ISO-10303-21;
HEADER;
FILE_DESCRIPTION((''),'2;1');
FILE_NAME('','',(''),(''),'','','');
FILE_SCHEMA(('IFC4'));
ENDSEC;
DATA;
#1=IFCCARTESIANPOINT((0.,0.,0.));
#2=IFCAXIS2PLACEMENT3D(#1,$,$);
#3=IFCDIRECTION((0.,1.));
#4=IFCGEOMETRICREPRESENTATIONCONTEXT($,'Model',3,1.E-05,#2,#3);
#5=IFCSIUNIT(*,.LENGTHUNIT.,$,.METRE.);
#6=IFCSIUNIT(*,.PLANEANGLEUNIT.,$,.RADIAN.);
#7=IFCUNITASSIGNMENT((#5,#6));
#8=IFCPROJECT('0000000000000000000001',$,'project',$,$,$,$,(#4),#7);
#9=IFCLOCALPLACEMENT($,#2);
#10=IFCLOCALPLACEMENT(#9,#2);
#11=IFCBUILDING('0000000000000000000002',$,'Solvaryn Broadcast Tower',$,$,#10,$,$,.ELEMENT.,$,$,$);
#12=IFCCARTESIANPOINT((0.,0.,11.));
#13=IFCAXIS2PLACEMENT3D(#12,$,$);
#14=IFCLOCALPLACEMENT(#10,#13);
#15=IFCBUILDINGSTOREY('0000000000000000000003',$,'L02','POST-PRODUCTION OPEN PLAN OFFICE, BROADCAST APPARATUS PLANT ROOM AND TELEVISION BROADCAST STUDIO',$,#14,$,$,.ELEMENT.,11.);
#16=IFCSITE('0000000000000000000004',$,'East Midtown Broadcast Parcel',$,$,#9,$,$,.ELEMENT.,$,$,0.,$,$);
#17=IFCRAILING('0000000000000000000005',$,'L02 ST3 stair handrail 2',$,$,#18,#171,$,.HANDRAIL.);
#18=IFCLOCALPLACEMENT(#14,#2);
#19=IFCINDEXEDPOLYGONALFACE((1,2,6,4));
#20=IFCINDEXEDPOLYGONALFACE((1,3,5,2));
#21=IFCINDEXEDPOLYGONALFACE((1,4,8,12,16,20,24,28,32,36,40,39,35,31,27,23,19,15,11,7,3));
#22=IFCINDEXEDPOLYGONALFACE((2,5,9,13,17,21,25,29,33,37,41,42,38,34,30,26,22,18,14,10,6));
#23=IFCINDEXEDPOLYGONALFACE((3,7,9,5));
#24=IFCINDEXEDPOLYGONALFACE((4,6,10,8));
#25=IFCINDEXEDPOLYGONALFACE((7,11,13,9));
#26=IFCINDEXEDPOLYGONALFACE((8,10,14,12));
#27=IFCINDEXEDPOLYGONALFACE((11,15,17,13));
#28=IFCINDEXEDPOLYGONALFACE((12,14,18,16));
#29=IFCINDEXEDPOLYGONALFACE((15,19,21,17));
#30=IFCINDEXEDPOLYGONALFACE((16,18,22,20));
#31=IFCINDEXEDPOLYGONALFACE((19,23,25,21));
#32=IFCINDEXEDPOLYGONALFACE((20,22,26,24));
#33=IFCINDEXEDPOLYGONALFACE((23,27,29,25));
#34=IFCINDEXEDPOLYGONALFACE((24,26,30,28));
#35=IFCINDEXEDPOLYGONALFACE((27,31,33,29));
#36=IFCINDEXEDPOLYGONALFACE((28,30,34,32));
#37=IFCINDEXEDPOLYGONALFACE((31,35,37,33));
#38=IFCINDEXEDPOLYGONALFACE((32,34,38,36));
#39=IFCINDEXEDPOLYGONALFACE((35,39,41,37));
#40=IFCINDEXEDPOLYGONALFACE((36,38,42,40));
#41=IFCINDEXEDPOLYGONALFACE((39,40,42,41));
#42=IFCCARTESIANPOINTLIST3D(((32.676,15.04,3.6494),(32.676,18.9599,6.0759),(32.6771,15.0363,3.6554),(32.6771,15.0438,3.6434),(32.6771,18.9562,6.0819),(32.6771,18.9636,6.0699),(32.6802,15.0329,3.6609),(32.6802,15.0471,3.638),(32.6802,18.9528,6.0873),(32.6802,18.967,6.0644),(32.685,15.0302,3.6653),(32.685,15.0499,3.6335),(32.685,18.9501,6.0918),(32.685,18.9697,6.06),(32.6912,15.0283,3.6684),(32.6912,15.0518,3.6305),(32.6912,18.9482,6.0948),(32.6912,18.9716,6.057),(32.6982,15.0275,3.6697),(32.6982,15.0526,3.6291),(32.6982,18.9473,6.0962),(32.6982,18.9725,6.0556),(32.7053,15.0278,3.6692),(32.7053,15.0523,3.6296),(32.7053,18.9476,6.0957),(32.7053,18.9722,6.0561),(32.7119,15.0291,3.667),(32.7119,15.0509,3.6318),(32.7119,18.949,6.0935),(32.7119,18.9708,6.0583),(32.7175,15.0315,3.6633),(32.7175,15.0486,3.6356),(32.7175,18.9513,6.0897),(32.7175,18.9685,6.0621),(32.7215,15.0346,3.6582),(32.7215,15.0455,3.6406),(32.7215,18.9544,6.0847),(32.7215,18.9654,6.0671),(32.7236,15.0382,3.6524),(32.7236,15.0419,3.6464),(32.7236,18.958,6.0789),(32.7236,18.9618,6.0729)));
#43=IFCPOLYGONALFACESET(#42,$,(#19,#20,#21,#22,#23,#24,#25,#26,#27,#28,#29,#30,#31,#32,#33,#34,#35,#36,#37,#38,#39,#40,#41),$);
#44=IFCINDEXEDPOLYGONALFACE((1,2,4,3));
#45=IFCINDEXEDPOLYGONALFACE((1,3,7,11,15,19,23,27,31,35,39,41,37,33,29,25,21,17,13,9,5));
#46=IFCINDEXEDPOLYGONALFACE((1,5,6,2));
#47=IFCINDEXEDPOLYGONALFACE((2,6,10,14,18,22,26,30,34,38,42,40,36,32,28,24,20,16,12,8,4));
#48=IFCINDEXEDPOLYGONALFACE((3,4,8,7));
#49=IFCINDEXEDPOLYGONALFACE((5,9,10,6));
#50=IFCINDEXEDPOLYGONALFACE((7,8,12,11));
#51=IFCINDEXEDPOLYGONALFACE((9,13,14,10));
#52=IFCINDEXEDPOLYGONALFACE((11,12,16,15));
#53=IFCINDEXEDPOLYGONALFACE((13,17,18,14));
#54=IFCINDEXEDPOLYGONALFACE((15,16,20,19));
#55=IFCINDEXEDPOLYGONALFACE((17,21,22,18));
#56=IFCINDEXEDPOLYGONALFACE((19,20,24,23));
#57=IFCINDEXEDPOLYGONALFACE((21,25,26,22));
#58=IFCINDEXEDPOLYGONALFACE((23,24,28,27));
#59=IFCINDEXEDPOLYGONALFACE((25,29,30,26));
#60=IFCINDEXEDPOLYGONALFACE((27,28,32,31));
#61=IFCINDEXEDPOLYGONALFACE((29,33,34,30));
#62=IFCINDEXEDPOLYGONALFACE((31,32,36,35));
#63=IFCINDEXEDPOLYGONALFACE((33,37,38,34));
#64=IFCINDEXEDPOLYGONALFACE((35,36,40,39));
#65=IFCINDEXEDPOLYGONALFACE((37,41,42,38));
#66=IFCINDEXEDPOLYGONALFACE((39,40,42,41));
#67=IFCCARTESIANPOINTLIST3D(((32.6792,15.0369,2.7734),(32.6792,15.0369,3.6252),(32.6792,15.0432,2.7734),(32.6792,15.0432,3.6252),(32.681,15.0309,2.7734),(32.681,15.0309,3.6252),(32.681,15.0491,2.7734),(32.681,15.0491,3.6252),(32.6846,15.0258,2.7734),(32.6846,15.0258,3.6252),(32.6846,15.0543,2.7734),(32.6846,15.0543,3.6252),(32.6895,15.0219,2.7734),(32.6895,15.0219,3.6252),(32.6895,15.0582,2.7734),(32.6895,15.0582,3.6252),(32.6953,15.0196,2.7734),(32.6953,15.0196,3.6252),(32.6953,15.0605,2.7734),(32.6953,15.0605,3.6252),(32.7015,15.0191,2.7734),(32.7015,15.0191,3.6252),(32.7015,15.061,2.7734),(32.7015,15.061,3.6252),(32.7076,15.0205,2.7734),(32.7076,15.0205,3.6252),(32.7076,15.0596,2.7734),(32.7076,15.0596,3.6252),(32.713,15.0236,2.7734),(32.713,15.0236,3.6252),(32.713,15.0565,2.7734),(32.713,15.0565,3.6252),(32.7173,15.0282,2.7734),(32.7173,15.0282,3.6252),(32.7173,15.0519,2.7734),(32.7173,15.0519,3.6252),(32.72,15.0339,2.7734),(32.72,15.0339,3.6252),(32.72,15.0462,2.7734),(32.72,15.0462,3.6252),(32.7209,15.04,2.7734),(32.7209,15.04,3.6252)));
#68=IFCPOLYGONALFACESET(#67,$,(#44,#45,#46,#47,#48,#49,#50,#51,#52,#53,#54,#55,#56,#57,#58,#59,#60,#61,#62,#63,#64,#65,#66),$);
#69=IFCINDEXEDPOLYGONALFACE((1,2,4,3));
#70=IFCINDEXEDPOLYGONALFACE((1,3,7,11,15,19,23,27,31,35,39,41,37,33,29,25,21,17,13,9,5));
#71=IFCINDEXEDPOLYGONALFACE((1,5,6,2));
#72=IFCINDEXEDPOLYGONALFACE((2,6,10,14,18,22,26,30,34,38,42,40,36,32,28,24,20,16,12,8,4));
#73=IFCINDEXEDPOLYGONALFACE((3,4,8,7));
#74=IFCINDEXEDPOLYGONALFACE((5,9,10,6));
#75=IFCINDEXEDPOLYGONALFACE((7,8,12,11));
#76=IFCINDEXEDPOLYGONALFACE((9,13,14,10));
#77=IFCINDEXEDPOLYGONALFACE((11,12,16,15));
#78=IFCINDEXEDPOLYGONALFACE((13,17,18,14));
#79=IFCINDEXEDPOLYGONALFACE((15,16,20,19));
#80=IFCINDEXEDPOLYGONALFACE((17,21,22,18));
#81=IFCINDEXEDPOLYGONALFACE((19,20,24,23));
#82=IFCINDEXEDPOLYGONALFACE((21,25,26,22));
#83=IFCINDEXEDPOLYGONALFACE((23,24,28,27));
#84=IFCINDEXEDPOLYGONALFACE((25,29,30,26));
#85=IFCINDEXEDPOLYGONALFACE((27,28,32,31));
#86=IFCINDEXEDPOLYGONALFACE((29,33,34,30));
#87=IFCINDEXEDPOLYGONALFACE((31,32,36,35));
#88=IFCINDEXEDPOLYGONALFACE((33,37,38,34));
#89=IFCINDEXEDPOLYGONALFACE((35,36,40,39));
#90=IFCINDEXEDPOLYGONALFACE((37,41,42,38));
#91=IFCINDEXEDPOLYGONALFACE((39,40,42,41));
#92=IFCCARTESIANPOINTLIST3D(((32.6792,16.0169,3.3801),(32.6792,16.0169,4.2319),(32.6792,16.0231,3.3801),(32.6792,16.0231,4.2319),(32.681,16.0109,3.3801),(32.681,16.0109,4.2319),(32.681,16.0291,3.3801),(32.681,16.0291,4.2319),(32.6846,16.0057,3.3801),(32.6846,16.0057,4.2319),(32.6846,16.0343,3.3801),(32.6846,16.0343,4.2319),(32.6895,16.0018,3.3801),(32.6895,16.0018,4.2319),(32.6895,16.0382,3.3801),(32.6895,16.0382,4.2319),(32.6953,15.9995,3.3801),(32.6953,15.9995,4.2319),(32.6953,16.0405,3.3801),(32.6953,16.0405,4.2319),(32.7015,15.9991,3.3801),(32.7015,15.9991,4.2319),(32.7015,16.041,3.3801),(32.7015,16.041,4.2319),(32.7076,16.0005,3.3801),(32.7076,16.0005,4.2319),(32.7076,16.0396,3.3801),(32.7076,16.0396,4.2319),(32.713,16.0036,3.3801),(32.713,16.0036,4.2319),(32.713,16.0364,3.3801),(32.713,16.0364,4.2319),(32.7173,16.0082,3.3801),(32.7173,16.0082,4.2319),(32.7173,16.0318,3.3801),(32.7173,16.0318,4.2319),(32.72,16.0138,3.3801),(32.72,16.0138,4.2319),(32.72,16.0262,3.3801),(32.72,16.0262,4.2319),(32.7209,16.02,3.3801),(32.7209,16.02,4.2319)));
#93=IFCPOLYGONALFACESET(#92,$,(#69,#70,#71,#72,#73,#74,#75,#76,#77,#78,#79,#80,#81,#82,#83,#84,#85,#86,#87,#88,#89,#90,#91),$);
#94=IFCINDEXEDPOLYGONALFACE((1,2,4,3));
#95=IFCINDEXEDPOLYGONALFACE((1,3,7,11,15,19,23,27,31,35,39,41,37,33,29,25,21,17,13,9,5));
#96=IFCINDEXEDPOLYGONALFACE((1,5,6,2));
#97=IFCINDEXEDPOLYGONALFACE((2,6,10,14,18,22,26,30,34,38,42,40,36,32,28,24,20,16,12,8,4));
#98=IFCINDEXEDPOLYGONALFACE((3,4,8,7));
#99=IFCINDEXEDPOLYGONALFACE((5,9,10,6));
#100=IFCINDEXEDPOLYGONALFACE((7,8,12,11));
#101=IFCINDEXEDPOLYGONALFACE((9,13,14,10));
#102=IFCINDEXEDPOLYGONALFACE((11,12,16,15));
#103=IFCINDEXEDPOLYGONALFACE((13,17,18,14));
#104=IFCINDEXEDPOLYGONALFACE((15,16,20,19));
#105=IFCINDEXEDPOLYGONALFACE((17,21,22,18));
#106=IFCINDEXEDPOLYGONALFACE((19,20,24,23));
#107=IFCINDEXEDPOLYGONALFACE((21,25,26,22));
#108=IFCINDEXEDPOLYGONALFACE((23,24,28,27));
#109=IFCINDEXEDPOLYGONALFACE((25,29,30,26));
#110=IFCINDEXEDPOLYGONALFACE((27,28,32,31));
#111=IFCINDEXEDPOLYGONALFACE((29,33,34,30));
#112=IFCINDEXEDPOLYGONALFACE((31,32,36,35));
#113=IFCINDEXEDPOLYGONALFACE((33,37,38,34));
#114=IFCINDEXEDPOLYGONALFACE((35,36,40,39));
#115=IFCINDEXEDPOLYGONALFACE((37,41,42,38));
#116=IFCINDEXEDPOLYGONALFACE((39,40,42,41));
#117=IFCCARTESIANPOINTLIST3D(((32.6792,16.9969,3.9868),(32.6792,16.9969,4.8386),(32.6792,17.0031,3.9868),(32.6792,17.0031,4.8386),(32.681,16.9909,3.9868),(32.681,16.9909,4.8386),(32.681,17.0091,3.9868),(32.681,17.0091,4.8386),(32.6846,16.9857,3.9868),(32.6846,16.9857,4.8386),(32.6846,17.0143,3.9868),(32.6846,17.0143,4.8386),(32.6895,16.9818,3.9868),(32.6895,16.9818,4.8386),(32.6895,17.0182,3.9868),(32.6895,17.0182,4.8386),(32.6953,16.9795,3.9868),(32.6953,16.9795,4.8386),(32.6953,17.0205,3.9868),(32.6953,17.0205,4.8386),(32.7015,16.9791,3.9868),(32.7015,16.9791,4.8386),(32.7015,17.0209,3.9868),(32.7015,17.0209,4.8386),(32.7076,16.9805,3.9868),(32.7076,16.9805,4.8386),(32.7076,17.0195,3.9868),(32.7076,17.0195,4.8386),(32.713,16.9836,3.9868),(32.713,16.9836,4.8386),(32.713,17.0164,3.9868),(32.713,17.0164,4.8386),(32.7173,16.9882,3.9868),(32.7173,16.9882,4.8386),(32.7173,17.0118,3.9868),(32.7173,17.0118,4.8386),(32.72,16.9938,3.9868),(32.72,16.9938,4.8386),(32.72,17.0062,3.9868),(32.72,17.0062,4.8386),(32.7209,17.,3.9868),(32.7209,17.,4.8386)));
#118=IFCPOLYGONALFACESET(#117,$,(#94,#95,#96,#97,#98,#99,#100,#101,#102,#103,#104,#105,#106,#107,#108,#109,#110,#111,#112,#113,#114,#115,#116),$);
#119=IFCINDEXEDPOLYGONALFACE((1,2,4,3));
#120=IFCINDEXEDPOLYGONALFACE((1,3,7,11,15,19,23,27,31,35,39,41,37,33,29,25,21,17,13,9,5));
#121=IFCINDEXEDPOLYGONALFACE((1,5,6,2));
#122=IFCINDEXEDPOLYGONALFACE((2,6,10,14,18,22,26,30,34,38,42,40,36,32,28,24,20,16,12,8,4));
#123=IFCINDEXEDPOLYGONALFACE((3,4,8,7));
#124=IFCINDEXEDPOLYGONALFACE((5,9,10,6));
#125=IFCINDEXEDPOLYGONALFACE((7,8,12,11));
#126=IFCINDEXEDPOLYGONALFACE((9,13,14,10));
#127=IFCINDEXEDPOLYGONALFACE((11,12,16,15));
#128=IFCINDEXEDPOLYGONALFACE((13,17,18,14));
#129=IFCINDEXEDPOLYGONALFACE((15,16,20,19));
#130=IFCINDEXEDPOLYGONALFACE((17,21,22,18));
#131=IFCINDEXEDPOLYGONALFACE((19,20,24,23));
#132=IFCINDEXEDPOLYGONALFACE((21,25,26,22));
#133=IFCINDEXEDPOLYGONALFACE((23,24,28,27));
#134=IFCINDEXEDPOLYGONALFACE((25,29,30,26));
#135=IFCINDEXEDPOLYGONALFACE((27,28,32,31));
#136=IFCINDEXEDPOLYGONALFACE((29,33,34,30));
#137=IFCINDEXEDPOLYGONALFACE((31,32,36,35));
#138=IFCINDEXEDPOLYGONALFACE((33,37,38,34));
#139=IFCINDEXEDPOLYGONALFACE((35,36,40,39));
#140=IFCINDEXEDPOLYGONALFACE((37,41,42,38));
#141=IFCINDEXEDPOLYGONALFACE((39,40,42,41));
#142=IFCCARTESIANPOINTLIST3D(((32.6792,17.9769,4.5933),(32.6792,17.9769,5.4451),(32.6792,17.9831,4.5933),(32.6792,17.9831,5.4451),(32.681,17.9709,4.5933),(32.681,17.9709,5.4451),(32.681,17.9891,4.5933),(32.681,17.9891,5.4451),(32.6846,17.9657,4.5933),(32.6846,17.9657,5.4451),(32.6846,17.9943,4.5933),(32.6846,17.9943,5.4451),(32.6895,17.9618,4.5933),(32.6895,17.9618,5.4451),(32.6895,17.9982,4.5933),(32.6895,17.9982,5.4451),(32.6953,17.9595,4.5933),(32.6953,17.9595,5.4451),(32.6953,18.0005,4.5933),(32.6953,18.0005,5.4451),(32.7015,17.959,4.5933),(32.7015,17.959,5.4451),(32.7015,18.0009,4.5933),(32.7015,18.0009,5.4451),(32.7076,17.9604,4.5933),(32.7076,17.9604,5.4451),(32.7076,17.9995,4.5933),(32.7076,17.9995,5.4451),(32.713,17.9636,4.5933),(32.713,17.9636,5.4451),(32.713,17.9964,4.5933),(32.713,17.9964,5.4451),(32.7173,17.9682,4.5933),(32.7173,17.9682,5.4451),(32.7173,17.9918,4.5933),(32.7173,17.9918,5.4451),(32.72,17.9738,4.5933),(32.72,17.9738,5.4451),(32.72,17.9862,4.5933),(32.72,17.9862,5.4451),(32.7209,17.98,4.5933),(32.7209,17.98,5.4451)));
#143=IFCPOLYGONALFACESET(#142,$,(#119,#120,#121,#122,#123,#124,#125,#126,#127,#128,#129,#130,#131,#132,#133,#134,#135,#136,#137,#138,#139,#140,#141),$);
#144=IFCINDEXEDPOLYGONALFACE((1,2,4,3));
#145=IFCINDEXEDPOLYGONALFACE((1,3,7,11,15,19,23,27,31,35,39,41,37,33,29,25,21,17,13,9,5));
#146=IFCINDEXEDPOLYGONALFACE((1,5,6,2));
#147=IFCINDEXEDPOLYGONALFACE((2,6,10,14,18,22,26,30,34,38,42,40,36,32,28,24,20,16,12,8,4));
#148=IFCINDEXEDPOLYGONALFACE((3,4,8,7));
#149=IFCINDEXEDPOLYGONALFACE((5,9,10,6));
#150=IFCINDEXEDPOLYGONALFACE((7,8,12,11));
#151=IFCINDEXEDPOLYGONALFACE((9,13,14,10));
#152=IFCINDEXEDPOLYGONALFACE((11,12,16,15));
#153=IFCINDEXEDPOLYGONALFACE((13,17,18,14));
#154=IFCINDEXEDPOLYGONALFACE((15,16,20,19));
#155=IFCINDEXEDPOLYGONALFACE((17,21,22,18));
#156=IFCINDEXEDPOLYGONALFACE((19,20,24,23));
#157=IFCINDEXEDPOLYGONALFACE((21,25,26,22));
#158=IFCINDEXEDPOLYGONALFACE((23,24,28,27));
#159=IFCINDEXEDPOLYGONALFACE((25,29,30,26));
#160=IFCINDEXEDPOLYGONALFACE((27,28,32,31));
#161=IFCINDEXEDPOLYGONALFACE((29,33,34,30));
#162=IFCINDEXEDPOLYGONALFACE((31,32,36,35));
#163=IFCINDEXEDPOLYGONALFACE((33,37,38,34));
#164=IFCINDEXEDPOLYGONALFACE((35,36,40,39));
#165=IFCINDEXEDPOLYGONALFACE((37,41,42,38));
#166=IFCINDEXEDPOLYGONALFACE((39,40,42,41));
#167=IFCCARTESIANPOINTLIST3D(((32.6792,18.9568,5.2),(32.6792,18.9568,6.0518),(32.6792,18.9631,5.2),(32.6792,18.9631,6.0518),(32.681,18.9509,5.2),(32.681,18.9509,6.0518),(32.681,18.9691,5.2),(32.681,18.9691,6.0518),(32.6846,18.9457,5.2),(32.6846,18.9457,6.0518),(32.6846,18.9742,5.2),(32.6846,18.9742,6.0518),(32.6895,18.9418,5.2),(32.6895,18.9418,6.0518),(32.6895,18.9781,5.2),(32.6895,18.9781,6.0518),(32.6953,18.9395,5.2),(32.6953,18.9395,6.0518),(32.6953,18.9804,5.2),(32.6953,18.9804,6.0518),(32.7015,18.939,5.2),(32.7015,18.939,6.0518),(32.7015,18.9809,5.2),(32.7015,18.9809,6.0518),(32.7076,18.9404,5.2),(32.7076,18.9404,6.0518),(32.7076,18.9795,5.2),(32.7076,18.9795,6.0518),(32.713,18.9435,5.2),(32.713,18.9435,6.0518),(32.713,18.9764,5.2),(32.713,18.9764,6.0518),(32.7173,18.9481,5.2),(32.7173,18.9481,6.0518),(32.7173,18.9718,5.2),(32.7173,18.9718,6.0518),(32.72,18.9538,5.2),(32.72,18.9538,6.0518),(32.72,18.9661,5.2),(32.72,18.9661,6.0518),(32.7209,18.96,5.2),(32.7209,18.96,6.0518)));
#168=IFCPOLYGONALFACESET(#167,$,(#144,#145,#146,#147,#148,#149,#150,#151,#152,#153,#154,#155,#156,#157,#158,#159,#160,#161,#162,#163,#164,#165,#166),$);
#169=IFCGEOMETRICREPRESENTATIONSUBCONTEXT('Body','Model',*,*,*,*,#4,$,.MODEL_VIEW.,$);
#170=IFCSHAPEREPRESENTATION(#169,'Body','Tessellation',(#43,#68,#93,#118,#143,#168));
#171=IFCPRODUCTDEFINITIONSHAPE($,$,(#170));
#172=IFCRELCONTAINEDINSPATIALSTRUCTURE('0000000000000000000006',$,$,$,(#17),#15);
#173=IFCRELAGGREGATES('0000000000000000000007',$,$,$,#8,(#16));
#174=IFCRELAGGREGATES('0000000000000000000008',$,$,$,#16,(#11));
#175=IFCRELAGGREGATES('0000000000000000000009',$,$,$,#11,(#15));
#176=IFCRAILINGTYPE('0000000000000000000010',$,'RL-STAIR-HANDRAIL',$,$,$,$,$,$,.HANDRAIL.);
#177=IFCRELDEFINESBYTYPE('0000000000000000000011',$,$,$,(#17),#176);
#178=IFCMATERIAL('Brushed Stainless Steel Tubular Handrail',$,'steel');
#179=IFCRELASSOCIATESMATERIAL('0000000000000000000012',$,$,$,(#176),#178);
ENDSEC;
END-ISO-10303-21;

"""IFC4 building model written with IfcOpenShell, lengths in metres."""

from ifc_helpers import new_model, si_unit, direction, frame, origin, origin_2d, place, context, subcontext, project, spatial, circle, extrude, material, type_object, element, save


model = new_model("IFC4")

# Units and contexts
model_context = context("Model", 3, precision=1e-05, world=origin(), true_north=direction((0.0, 1.0)))
body_context = subcontext(model_context, "Body", "Model", "MODEL_VIEW")
ifc_project = project(units=[si_unit("LENGTHUNIT", "METRE"), si_unit("PLANEANGLEUNIT", "RADIAN")], contexts=[model_context])

# Site, building, storey
site_placement = place(None, origin())
site = spatial("IfcSite", under=ifc_project, at=site_placement, Name="East Midtown Broadcast Parcel", CompositionType="ELEMENT", RefElevation=0.0)
building_placement = place(site_placement, origin())
building = spatial("IfcBuilding", under=site, at=building_placement, Name="Solvaryn Broadcast Tower", CompositionType="ELEMENT")
storey_placement = place(building_placement, frame((0.0, 0.0, 11.0)))
storey = spatial("IfcBuildingStorey", under=building, at=storey_placement, Name="L02", Description="POST-PRODUCTION OPEN PLAN OFFICE, BROADCAST APPARATUS PLANT ROOM AND TELEVISION BROADCAST STUDIO", CompositionType="ELEMENT", Elevation=11.0)

# Railing
ifc_material_1 = material(Name="Brushed Stainless Steel Tubular Handrail", Category="steel")
railing_type_1 = type_object("IfcRailingType", Name="RL-STAIR-HANDRAIL", PredefinedType="HANDRAIL", material=ifc_material_1)
railing_1_placement = place(storey_placement, frame((32.7, 15.04, 2.7734)))
element("IfcRailing", 1, at=railing_1_placement, inside=storey, type_object=railing_type_1, Name="L02 ST3 stair handrail 2", PredefinedType="HANDRAIL", context=body_context, shape_type="SweptSolid", body=[
    extrude(circle(Radius=0.0239, at=origin_2d()), frame((0.0, 0.0, 0.876), z_axis=(0.0, 0.850275, 0.526338), x_axis=(-1.0, 0.0, 0.0)), (0.0, 0.0, 1.0), 4.6101),
    extrude(circle(Radius=0.021, at=origin_2d()), origin(), (0.0, 0.0, 1.0), 0.8518),
    extrude(circle(Radius=0.021, at=origin_2d()), frame((0.0, 0.98, 0.6067)), (0.0, 0.0, 1.0), 0.8518),
    extrude(circle(Radius=0.021, at=origin_2d()), frame((0.0, 1.96, 1.2134)), (0.0, 0.0, 1.0), 0.8518),
    extrude(circle(Radius=0.021, at=origin_2d()), frame((0.0, 2.9399, 1.8198)), (0.0, 0.0, 1.0), 0.8518),
    extrude(circle(Radius=0.021, at=origin_2d()), frame((0.0, 3.9199, 2.4265)), (0.0, 0.0, 1.0), 0.8518),
])

save(model, "model.ifc")
